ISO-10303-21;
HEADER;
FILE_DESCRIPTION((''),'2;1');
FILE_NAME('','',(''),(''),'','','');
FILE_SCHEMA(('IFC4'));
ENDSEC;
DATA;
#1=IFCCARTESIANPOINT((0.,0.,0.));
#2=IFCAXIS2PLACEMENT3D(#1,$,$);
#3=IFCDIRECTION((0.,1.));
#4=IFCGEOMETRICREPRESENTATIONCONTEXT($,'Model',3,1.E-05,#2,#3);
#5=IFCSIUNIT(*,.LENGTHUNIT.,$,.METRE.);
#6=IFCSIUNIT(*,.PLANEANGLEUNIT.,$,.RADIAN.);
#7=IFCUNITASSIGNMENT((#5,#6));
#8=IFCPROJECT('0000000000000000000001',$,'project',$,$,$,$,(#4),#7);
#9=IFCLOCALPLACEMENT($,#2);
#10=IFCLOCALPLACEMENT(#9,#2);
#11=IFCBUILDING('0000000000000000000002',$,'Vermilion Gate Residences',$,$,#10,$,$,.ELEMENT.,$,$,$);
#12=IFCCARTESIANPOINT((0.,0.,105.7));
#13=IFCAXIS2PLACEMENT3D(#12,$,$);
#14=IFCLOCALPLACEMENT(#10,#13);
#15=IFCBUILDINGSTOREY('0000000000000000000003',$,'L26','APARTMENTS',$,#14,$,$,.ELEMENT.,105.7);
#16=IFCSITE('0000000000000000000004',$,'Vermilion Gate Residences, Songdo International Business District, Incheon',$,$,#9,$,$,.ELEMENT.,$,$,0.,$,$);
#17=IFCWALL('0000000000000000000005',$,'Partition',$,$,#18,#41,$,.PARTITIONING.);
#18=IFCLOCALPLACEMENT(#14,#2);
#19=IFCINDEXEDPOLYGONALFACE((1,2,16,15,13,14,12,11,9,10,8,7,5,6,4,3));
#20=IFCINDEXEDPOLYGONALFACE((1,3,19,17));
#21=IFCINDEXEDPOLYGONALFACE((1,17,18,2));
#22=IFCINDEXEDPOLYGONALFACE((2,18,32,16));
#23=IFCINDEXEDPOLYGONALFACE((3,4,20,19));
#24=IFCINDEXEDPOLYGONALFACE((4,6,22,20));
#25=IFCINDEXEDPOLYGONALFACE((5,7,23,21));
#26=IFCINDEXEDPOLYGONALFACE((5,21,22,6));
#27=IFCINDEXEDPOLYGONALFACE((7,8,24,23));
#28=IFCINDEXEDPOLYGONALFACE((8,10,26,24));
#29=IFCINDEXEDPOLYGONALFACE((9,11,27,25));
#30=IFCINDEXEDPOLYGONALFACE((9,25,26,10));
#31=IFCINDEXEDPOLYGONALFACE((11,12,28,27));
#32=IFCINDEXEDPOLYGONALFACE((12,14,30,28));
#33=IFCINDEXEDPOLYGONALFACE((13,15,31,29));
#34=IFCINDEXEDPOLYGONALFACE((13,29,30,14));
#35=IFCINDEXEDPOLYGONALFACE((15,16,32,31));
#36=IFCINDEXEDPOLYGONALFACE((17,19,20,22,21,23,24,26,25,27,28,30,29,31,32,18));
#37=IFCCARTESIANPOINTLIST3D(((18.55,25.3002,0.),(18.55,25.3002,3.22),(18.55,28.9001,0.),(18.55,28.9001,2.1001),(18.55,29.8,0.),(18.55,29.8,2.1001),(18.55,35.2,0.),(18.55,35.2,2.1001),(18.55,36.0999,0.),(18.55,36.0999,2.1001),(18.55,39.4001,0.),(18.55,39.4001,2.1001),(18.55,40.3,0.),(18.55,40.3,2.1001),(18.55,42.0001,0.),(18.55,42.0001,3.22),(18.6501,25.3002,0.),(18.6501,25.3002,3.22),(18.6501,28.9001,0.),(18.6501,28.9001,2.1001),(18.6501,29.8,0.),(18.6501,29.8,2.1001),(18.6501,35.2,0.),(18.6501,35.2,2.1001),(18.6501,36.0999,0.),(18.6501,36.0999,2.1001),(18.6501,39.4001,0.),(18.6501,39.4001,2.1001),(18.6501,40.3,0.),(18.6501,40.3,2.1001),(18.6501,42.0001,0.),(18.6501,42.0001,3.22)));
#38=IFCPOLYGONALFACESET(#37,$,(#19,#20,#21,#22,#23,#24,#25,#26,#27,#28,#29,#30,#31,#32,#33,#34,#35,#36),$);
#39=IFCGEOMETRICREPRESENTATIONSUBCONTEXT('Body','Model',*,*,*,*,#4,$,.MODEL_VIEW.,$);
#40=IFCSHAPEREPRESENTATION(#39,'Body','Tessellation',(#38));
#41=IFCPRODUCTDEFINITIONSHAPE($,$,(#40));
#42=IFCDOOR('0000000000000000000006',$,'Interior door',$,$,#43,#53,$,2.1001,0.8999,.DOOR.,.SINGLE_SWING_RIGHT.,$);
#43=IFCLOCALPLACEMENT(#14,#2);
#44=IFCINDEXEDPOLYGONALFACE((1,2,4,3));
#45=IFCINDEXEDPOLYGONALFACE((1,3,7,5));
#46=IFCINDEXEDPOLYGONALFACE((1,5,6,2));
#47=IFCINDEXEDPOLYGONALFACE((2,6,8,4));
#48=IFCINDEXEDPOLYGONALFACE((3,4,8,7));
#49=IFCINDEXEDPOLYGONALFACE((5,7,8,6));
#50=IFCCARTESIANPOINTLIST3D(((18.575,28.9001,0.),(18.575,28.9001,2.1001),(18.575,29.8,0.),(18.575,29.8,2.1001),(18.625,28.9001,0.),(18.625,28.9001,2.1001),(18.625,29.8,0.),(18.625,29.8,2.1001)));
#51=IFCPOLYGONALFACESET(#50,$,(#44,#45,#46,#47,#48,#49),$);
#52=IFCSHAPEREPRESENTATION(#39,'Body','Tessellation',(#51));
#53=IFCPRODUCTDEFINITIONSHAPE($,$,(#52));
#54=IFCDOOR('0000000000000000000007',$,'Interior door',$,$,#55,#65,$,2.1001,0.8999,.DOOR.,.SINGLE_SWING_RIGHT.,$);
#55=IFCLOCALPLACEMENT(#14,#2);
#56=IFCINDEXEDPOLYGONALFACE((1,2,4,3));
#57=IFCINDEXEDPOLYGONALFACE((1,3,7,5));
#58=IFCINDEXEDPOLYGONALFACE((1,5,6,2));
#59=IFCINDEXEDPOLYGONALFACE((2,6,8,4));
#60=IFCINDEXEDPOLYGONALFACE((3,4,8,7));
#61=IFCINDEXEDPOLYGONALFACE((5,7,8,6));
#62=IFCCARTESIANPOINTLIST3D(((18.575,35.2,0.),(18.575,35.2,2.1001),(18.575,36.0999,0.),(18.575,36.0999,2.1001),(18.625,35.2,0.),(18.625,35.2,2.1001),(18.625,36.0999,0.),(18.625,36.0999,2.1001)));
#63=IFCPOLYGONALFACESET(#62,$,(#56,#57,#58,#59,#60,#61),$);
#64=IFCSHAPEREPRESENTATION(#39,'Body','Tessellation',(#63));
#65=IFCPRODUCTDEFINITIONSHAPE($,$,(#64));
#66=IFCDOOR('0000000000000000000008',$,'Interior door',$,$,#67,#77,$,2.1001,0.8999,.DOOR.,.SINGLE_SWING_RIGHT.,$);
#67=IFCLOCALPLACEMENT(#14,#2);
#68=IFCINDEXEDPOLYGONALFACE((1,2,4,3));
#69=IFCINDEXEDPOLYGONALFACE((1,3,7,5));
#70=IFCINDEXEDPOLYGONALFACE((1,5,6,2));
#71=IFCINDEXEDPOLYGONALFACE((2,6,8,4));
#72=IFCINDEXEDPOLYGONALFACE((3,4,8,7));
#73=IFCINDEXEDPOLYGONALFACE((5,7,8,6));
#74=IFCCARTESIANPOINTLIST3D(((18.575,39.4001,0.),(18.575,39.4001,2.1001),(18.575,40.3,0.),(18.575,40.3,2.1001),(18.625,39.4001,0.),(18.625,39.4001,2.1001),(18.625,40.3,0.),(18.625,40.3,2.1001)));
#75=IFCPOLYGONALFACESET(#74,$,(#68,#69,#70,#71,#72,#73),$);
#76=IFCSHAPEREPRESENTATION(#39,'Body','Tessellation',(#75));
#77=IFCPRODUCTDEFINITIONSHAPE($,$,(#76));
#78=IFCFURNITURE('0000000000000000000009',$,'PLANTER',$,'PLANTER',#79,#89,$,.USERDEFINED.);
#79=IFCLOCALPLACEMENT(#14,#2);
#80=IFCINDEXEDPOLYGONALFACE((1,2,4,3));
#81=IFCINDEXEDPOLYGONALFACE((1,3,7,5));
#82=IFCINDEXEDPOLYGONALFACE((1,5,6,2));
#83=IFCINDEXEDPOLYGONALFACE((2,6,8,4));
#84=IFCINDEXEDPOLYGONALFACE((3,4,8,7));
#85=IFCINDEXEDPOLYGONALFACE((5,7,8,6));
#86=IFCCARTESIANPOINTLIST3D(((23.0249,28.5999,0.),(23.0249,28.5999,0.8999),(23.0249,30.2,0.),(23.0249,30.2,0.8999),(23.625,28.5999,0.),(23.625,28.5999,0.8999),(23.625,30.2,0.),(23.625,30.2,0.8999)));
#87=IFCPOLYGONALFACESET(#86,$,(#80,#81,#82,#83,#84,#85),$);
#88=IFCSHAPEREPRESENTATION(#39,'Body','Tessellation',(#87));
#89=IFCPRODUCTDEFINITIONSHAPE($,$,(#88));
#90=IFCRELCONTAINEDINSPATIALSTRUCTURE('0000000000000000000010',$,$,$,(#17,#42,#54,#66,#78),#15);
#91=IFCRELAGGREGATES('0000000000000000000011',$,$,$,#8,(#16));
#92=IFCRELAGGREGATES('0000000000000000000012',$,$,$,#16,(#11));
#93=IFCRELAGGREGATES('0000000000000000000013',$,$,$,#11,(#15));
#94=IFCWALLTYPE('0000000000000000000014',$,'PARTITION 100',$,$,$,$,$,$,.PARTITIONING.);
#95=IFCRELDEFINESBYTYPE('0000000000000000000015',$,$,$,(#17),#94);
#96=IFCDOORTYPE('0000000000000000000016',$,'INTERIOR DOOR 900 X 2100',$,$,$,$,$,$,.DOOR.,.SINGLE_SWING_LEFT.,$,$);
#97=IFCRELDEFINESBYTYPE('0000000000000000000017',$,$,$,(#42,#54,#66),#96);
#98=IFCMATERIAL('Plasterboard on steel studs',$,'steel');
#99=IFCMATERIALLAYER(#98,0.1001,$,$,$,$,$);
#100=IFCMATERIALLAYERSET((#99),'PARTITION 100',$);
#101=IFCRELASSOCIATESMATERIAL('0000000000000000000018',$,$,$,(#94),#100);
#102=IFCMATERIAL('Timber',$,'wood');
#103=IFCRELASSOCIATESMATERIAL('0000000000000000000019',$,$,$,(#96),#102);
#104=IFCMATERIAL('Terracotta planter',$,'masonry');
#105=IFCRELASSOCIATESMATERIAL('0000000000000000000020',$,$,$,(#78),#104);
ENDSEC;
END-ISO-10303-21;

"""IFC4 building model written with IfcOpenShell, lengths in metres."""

from ifc_helpers import new_model, si_unit, direction, frame, frame_2d, origin, origin_2d, place, context, subcontext, project, spatial, rectangle, extrude, material, layer, layer_set, type_object, element, fill, save


model = new_model("IFC4")

# Units and contexts
model_context = context("Model", 3, precision=1e-05, world=origin(), true_north=direction((0.0, 1.0)))
body_context = subcontext(model_context, "Body", "Model", "MODEL_VIEW")
ifc_project = project(units=[si_unit("LENGTHUNIT", "METRE"), si_unit("PLANEANGLEUNIT", "RADIAN")], contexts=[model_context])

# Site, building, storey
site_placement = place(None, origin())
site = spatial("IfcSite", under=ifc_project, at=site_placement, Name="Vermilion Gate Residences, Songdo International Business District, Incheon", CompositionType="ELEMENT", RefElevation=0.0)
building_placement = place(site_placement, origin())
building = spatial("IfcBuilding", under=site, at=building_placement, Name="Vermilion Gate Residences", CompositionType="ELEMENT")
storey_placement = place(building_placement, frame((0.0, 0.0, 105.7)))
storey = spatial("IfcBuildingStorey", under=building, at=storey_placement, Name="L26", Description="APARTMENTS", CompositionType="ELEMENT", Elevation=105.7)

# Shared definitions
ifc_material_1 = material(Name="Plasterboard on steel studs", Category="steel")
ifc_layer = layer(ifc_material_1, 0.1001)
ifc_layer_set = layer_set([ifc_layer], Name="PARTITION 100")
wall_type = type_object("IfcWallType", Name="PARTITION 100", PredefinedType="PARTITIONING", material=ifc_layer_set)

# Wall, openings, doors
ifc_material_2 = material(Name="Timber", Category="wood")
door_type = type_object("IfcDoorType", Name="INTERIOR DOOR 900 X 2100", OperationType="SINGLE_SWING_LEFT", PredefinedType="DOOR", material=ifc_material_2)
wall_1_placement = place(storey_placement, frame((18.6001, 25.3, 0.0), z_axis=(0.0, 0.0, 1.0), x_axis=(0.0, 1.0, 0.0)))
wall_1 = element("IfcWall", 1, at=wall_1_placement, inside=storey, type_object=wall_type, Name="Partition", PredefinedType="PARTITIONING", context=body_context, shape_type="SweptSolid", body=[
    extrude(rectangle(XDim=16.7, YDim=0.1001, at=frame_2d((8.3501, 0.0))), origin(), (0.0, 0.0, 1.0), 3.22),
])
opening_1_placement = place(wall_1_placement, frame((3.6001, 0.0, 0.0)))
opening_1 = element("IfcOpeningElement", 2, at=opening_1_placement, cuts=wall_1, PredefinedType="OPENING", context=body_context, shape_type="SweptSolid", body=[
    extrude(rectangle(XDim=0.8999, YDim=2.1001, at=frame_2d((0.45, 1.05))), frame((0.0, 0.0601, 0.0), z_axis=(0.0, -1.0, 0.0), x_axis=(1.0, 0.0, 0.0)), (0.0, 0.0, 1.0), 0.1201),
])
opening_2_placement = place(wall_1_placement, frame((9.8999, 0.0, 0.0)))
opening_2 = element("IfcOpeningElement", 3, at=opening_2_placement, cuts=wall_1, PredefinedType="OPENING", context=body_context, shape_type="SweptSolid", body=[
    extrude(rectangle(XDim=0.8999, YDim=2.1001, at=frame_2d((0.45, 1.05))), frame((0.0, 0.0601, 0.0), z_axis=(0.0, -1.0, 0.0), x_axis=(1.0, 0.0, 0.0)), (0.0, 0.0, 1.0), 0.1201),
])
opening_3_placement = place(wall_1_placement, frame((14.1001, 0.0, 0.0)))
opening_3 = element("IfcOpeningElement", 4, at=opening_3_placement, cuts=wall_1, PredefinedType="OPENING", context=body_context, shape_type="SweptSolid", body=[
    extrude(rectangle(XDim=0.8999, YDim=2.1001, at=frame_2d((0.45, 1.05))), frame((0.0, 0.0601, 0.0), z_axis=(0.0, -1.0, 0.0), x_axis=(1.0, 0.0, 0.0)), (0.0, 0.0, 1.0), 0.1201),
])
door_1_placement = place(opening_1_placement, frame((0.8999, 0.0, 0.0), z_axis=(0.0, 0.0, 1.0), x_axis=(-1.0, 0.0, 0.0)))
door_1 = element("IfcDoor", 5, at=door_1_placement, inside=storey, type_object=door_type, Name="Interior door", OperationType="SINGLE_SWING_RIGHT", OverallHeight=2.1001, OverallWidth=0.8999, PredefinedType="DOOR", context=body_context, shape_type="SweptSolid", body=[
    extrude(rectangle(XDim=0.8999, YDim=2.1001, at=frame_2d((0.45, 1.05))), frame((0.0, 0.0249, 0.0), z_axis=(0.0, -1.0, 0.0), x_axis=(1.0, 0.0, 0.0)), (0.0, 0.0, 1.0), 0.05),
])
fill(opening_1, door_1)
door_2_placement = place(opening_2_placement, frame((0.8999, 0.0, 0.0), z_axis=(0.0, 0.0, 1.0), x_axis=(-1.0, 0.0, 0.0)))
door_2 = element("IfcDoor", 6, at=door_2_placement, inside=storey, type_object=door_type, Name="Interior door", OperationType="SINGLE_SWING_RIGHT", OverallHeight=2.1001, OverallWidth=0.8999, PredefinedType="DOOR", context=body_context, shape_type="SweptSolid", body=[
    extrude(rectangle(XDim=0.8999, YDim=2.1001, at=frame_2d((0.45, 1.05))), frame((0.0, 0.0249, 0.0), z_axis=(0.0, -1.0, 0.0), x_axis=(1.0, 0.0, 0.0)), (0.0, 0.0, 1.0), 0.05),
])
fill(opening_2, door_2)
door_3_placement = place(opening_3_placement, frame((0.8999, 0.0, 0.0), z_axis=(0.0, 0.0, 1.0), x_axis=(-1.0, 0.0, 0.0)))
door_3 = element("IfcDoor", 7, at=door_3_placement, inside=storey, type_object=door_type, Name="Interior door", OperationType="SINGLE_SWING_RIGHT", OverallHeight=2.1001, OverallWidth=0.8999, PredefinedType="DOOR", context=body_context, shape_type="SweptSolid", body=[
    extrude(rectangle(XDim=0.8999, YDim=2.1001, at=frame_2d((0.45, 1.05))), frame((0.0, 0.0249, 0.0), z_axis=(0.0, -1.0, 0.0), x_axis=(1.0, 0.0, 0.0)), (0.0, 0.0, 1.0), 0.05),
])
fill(opening_3, door_3)

# Furniture
ifc_material_3 = material(Name="Terracotta planter", Category="masonry")
furniture_placement = place(storey_placement, frame((23.325, 29.3999, 0.0), z_axis=(0.0, 0.0, 1.0), x_axis=(0.0, 1.0, 0.0)))
element("IfcFurniture", 8, at=furniture_placement, inside=storey, material=ifc_material_3, Name="PLANTER", ObjectType="PLANTER", PredefinedType="USERDEFINED", context=body_context, shape_type="SweptSolid", body=[
    extrude(rectangle(XDim=1.6001, YDim=0.6001, at=origin_2d()), origin(), (0.0, 0.0, 1.0), 0.8999),
])

save(model, "model.ifc")
